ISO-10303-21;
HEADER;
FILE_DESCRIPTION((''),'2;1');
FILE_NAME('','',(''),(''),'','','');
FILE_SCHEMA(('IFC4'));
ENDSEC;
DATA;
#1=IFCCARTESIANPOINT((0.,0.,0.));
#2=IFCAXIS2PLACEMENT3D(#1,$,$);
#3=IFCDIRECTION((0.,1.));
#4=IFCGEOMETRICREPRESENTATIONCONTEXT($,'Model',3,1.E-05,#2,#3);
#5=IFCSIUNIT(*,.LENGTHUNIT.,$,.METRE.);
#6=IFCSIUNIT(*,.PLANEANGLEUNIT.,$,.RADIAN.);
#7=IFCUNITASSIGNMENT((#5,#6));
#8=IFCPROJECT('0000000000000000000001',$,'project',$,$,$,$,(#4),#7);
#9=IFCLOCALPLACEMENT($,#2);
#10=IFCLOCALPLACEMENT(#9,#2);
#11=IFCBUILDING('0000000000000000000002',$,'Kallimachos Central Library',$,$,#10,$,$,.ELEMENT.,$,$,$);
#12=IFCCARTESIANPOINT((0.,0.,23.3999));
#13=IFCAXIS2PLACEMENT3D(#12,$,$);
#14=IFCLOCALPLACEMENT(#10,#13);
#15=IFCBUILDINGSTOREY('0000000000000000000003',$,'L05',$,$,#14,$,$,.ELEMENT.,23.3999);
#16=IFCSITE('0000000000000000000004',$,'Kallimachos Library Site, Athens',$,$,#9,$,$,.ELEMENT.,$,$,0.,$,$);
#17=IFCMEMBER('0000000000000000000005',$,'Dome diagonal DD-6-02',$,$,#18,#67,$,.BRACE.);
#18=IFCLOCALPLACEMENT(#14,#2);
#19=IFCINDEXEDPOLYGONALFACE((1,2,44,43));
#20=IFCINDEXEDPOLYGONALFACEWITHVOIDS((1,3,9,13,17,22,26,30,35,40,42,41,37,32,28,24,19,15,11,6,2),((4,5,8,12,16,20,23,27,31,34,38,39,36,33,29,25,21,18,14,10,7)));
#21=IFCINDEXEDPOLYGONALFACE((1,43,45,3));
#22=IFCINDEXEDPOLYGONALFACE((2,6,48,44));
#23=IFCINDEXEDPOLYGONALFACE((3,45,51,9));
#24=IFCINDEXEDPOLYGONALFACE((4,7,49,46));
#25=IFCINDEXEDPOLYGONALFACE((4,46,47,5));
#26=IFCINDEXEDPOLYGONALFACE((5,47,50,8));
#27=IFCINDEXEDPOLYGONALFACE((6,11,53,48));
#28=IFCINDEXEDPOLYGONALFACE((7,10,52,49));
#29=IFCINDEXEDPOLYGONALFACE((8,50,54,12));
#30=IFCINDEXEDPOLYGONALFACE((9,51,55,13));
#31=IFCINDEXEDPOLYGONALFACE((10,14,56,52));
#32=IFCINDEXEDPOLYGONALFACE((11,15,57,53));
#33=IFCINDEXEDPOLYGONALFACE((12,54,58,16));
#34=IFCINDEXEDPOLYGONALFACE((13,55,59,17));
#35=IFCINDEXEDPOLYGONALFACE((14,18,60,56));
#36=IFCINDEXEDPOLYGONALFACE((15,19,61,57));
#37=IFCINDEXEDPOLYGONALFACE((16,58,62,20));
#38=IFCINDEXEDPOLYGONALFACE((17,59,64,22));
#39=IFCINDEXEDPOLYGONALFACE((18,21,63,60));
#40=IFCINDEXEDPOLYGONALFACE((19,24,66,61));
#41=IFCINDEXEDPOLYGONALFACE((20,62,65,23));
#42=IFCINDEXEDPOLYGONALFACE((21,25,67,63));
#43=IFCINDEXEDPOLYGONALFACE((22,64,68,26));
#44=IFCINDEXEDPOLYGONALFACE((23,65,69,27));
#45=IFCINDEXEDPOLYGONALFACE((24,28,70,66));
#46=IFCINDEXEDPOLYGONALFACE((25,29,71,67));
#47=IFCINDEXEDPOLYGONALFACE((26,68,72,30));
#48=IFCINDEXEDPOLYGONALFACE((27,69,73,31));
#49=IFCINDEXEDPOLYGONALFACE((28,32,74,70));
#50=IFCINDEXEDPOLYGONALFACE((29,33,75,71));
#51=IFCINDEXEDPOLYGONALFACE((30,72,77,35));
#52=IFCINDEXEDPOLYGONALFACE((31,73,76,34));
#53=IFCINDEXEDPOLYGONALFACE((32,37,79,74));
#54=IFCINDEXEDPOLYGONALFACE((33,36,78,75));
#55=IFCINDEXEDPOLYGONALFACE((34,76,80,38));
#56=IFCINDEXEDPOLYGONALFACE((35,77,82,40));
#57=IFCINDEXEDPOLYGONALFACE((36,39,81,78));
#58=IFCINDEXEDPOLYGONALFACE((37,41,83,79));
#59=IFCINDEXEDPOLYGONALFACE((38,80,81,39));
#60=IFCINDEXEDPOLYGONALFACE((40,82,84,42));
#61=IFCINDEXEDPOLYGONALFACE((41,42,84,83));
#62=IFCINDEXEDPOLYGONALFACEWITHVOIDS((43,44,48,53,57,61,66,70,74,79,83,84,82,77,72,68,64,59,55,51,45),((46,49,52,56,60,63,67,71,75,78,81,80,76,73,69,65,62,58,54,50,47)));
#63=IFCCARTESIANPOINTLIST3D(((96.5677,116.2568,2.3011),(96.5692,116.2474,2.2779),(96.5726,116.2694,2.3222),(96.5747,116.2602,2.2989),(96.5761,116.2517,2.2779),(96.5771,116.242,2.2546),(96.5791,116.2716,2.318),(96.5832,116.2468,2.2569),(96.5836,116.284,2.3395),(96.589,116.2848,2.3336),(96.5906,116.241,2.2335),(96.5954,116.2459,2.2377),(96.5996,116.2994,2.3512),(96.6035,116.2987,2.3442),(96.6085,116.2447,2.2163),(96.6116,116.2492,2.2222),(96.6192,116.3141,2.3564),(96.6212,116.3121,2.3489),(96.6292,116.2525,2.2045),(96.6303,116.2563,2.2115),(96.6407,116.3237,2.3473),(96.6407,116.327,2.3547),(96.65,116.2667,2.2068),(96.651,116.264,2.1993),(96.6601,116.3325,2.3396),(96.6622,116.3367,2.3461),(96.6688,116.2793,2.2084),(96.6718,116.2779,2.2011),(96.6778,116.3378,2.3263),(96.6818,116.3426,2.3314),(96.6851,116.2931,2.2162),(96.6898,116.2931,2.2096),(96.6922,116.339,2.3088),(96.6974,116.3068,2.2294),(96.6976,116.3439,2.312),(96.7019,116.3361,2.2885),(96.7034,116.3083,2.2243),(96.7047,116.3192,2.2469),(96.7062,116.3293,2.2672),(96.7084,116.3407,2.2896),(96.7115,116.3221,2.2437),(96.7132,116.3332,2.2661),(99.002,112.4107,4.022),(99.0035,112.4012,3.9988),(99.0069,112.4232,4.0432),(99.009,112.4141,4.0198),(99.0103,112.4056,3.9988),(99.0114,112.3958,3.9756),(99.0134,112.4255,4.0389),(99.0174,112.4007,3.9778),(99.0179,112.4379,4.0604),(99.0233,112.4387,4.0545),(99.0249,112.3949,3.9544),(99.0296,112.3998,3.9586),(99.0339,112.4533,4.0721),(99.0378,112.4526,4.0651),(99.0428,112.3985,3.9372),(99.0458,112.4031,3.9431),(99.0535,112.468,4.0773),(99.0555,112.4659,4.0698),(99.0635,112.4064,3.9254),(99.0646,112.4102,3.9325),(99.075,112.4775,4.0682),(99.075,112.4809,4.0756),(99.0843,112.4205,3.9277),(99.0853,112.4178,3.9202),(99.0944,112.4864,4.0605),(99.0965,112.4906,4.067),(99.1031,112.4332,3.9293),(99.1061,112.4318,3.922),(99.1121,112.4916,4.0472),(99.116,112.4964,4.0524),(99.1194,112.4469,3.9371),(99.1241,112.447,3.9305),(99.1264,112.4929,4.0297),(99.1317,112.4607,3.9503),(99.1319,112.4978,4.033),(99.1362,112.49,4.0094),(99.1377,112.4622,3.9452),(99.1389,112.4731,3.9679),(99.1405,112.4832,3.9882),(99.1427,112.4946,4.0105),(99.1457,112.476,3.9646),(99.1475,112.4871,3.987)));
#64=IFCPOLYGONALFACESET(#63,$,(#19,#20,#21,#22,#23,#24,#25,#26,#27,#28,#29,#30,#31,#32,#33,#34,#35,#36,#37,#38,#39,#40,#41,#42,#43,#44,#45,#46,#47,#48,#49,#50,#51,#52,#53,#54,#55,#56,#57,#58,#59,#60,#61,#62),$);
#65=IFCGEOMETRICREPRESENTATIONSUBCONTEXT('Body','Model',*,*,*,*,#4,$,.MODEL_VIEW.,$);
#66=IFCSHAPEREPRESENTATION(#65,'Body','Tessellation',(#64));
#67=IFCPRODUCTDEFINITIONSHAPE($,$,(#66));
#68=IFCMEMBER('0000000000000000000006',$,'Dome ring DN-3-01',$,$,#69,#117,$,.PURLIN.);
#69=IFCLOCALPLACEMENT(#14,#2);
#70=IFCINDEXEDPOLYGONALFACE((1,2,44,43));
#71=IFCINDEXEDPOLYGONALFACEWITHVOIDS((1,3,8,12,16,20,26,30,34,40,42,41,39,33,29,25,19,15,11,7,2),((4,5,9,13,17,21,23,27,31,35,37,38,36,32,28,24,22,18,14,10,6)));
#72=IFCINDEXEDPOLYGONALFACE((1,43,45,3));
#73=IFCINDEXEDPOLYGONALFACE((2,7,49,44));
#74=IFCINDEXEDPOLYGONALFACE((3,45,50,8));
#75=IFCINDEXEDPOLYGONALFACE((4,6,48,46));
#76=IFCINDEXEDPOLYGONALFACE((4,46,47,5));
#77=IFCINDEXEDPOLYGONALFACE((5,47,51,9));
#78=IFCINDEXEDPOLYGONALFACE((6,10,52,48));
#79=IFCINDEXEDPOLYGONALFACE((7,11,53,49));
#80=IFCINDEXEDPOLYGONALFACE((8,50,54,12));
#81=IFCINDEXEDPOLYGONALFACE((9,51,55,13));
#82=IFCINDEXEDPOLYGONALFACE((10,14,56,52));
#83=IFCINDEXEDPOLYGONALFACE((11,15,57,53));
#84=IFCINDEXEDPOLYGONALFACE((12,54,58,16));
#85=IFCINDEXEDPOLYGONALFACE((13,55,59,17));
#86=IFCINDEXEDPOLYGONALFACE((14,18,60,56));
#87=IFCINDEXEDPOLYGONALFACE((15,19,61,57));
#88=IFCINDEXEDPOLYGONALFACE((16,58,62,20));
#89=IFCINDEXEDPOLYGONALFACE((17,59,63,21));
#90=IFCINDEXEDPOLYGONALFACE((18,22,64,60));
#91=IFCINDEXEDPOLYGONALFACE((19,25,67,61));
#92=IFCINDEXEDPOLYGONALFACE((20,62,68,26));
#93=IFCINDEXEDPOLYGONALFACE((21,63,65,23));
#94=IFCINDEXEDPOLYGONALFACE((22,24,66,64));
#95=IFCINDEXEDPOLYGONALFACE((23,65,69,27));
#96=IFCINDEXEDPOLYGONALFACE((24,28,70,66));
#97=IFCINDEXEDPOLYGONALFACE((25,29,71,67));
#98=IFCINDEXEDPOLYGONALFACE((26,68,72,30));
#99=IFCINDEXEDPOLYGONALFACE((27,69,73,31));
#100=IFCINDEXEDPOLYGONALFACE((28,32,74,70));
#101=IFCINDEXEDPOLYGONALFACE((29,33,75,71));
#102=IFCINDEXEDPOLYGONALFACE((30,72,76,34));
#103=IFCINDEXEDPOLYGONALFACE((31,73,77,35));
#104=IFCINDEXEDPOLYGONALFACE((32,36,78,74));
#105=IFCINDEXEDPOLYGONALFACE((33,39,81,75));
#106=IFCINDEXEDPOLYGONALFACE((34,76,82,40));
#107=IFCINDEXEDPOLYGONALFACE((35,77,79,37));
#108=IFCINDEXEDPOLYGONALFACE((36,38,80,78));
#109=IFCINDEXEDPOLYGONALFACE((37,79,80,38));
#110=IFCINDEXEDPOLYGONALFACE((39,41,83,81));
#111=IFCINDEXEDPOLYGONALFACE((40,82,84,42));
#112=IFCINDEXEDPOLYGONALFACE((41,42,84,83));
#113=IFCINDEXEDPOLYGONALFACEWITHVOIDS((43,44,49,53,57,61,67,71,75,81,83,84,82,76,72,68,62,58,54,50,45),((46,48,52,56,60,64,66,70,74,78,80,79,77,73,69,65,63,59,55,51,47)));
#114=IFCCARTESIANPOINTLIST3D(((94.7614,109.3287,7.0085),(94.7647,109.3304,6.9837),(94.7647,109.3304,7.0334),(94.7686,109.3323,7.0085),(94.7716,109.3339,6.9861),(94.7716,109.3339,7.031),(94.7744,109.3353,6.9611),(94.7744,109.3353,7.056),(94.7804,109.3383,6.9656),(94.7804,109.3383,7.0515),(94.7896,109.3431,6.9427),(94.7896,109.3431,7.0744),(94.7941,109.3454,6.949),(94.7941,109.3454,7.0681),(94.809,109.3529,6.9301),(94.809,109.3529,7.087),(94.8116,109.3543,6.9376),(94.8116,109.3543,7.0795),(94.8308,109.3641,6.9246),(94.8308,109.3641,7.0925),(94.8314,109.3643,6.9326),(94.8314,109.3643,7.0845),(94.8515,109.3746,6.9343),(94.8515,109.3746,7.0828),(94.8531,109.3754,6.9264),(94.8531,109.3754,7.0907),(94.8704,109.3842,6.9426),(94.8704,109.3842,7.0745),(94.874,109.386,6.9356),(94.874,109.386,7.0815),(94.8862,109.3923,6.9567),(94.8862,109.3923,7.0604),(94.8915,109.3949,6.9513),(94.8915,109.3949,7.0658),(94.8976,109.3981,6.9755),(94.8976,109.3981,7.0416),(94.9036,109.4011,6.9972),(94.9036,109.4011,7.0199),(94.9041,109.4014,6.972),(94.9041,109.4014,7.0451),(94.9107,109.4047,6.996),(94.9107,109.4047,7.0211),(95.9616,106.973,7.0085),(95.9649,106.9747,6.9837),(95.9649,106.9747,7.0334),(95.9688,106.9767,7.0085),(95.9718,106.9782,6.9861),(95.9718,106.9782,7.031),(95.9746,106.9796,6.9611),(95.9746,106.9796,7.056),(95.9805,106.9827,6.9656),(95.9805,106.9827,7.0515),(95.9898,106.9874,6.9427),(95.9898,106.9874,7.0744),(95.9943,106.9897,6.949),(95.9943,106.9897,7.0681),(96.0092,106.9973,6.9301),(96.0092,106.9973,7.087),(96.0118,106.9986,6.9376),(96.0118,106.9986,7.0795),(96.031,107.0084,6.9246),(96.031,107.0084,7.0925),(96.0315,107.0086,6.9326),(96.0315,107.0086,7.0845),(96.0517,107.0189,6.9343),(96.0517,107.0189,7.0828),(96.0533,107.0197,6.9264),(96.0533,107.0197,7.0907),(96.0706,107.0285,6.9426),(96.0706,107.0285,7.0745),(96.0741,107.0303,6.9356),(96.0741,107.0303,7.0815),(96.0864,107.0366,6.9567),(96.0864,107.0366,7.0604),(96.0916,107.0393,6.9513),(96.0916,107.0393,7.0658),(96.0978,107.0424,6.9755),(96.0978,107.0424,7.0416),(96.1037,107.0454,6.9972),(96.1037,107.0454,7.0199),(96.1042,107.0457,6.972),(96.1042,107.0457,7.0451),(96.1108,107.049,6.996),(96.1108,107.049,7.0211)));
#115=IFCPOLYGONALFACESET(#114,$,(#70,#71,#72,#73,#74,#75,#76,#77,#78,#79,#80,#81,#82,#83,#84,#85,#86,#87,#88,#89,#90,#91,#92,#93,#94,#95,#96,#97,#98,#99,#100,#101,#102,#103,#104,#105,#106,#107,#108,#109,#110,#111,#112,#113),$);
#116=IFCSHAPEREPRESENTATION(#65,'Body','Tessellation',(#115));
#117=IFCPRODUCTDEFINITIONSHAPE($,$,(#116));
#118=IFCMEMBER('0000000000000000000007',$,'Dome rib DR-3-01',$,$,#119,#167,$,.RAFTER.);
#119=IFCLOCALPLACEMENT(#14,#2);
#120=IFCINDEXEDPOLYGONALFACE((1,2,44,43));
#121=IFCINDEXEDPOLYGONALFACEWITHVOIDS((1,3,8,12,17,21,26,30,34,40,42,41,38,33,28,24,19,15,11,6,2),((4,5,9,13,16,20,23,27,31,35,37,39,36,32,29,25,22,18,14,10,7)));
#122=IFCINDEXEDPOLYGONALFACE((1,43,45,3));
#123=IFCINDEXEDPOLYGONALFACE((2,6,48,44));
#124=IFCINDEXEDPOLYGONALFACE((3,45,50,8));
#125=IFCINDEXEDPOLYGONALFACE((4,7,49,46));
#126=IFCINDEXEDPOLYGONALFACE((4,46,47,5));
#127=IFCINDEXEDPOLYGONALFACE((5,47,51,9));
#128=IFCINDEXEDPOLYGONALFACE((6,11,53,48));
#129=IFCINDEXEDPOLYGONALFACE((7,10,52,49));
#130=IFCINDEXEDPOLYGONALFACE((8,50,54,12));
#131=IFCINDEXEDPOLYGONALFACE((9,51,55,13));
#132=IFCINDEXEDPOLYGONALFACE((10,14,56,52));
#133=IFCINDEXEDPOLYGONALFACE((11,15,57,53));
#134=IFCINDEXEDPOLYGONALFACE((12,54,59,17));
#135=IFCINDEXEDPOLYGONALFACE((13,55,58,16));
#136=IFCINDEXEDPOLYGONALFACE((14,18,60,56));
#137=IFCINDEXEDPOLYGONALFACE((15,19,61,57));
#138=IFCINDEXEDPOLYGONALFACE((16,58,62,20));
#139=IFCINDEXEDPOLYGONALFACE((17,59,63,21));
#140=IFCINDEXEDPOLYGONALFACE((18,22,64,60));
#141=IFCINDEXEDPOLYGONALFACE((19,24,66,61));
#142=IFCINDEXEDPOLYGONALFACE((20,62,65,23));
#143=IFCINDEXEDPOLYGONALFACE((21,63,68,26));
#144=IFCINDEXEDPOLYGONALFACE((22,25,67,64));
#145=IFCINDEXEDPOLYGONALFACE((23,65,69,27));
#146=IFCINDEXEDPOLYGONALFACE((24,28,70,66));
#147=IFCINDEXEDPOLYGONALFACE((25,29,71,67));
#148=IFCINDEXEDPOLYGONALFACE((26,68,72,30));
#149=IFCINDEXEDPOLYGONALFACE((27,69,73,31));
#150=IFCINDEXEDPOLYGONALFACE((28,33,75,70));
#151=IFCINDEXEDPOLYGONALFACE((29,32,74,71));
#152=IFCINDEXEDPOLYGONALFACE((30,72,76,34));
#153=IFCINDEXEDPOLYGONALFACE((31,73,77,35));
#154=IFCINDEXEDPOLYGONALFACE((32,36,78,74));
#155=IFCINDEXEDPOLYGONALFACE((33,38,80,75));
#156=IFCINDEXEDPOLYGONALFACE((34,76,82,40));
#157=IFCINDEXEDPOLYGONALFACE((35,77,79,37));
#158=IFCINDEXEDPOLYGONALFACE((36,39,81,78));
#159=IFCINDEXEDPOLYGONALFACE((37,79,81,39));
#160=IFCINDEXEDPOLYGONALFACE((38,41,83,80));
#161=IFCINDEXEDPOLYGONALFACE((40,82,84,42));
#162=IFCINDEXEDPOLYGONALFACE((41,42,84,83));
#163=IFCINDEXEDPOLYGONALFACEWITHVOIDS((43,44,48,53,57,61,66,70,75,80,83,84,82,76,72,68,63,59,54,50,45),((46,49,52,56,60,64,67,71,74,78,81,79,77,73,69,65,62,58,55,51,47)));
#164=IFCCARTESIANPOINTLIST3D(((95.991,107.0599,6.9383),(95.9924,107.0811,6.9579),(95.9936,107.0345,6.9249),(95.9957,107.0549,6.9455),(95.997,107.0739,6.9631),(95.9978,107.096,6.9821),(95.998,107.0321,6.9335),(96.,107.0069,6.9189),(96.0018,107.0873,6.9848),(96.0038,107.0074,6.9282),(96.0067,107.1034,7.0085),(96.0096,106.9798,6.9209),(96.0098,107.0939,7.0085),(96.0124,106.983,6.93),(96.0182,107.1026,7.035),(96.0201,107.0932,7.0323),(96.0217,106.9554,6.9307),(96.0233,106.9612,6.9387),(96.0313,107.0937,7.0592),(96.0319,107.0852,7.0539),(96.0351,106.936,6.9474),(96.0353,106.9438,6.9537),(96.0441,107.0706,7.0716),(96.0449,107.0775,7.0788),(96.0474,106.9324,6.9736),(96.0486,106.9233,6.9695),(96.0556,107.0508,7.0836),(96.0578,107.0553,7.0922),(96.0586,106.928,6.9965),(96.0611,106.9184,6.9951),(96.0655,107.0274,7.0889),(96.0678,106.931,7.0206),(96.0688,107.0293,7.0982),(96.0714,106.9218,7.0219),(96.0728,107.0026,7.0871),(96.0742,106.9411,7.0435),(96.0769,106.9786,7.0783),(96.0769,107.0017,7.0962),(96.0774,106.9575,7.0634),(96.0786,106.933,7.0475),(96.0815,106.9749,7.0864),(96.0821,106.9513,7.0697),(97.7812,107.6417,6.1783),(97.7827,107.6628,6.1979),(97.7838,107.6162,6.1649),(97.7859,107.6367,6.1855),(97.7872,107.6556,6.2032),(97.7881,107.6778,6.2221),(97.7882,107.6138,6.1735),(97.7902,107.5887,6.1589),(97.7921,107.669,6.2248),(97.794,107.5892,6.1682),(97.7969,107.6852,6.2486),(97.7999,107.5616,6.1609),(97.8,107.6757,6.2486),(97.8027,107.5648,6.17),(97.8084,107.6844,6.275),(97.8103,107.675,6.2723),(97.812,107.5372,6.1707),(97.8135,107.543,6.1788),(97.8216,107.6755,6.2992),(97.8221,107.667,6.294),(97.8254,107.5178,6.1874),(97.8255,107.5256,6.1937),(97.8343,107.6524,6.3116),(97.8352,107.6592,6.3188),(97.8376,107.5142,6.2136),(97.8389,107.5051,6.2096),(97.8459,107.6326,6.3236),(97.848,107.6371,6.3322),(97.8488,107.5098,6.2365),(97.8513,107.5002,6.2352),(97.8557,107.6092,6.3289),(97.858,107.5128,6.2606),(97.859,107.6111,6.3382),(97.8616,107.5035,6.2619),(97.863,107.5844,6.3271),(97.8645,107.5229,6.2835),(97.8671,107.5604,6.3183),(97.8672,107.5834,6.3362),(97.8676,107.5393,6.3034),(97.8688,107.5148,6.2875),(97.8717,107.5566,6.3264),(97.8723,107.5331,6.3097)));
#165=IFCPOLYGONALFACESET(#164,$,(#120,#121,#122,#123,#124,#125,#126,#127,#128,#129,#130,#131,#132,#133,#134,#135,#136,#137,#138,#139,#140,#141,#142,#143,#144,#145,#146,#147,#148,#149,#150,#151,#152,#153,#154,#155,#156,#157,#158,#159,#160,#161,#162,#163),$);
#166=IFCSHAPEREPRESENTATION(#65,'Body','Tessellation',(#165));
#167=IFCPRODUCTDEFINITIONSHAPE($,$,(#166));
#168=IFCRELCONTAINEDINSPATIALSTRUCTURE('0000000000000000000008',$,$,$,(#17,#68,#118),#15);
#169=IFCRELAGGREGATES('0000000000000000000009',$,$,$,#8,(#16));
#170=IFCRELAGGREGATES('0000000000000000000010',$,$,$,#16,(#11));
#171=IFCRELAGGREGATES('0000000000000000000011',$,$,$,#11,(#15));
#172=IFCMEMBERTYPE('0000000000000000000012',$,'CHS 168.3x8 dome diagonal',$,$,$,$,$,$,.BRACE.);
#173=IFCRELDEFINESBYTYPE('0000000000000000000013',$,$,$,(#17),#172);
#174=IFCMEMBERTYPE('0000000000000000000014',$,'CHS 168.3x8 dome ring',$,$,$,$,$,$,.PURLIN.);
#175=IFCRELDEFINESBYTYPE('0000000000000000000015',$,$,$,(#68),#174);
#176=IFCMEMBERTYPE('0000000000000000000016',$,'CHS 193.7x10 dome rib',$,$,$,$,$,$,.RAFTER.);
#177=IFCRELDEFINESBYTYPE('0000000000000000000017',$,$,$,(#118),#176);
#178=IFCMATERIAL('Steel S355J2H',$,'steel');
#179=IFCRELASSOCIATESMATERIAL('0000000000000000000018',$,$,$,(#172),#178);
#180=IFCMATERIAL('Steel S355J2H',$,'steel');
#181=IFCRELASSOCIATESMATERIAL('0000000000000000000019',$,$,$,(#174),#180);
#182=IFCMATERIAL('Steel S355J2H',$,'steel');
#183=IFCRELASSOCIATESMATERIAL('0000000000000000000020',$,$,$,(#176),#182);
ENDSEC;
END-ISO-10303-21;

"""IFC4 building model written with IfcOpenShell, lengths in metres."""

from ifc_helpers import new_model, si_unit, direction, frame, origin, origin_2d, place, context, subcontext, project, spatial, hollow_circle, extrude, material, material_profile, profile_set, type_object, element, save


model = new_model("IFC4")

# Units and contexts
model_context = context("Model", 3, precision=1e-05, world=origin(), true_north=direction((0.0, 1.0)))
body_context = subcontext(model_context, "Body", "Model", "MODEL_VIEW")
ifc_project = project(units=[si_unit("LENGTHUNIT", "METRE"), si_unit("PLANEANGLEUNIT", "RADIAN")], contexts=[model_context])

# Site, building, storey
site_placement = place(None, origin())
site = spatial("IfcSite", under=ifc_project, at=site_placement, Name="Kallimachos Library Site, Athens", CompositionType="ELEMENT", RefElevation=0.0)
building_placement = place(site_placement, origin())
building = spatial("IfcBuilding", under=site, at=building_placement, Name="Kallimachos Central Library", CompositionType="ELEMENT")
storey_placement = place(building_placement, frame((0.0, 0.0, 23.3999)))
storey = spatial("IfcBuildingStorey", under=building, at=storey_placement, Name="L05", CompositionType="ELEMENT", Elevation=23.3999)

# Members
ifc_material_1 = material(Name="Steel S355J2H", Category="steel")
ifc_material_profile_1 = material_profile(ifc_material_1, hollow_circle(Radius=0.0842, WallThickness=0.0081, at=origin_2d()), Name="CHS 168.3x8")
ifc_profile_set_1 = profile_set([ifc_material_profile_1], Name="Steel S355J2H")
member_type_1 = type_object("IfcMemberType", Name="CHS 168.3x8 dome diagonal", PredefinedType="BRACE", material=ifc_profile_set_1)
member_1_placement = place(storey_placement, frame((99.0747, 112.4463, 3.9988), z_axis=(-0.500243, 0.790374, -0.353647), x_axis=(-0.844977, -0.534802, 0.0)))
element("IfcMember", 1, at=member_1_placement, inside=storey, type_object=member_type_1, Name="Dome diagonal DD-6-02", PredefinedType="BRACE", context=body_context, shape_type="SweptSolid", body=[
    extrude(hollow_circle(Radius=0.0842, WallThickness=0.0081, at=origin_2d()), origin(), (0.0, 0.0, 1.0), 4.8662),
])
ifc_material_2 = material(Name="Steel S355J2H", Category="steel")
ifc_material_profile_2 = material_profile(ifc_material_2, hollow_circle(Radius=0.0842, WallThickness=0.0081, at=origin_2d()), Name="CHS 168.3x8")
ifc_profile_set_2 = profile_set([ifc_material_profile_2], Name="Steel S355J2H")
member_type_2 = type_object("IfcMemberType", Name="CHS 168.3x8 dome ring", PredefinedType="PURLIN", material=ifc_profile_set_2)
member_2_placement = place(storey_placement, frame((96.0366, 107.0112, 7.0085), z_axis=(-0.45396, 0.891022, 0.0), x_axis=(-0.891022, -0.45396, 0.0)))
element("IfcMember", 2, at=member_2_placement, inside=storey, type_object=member_type_2, Name="Dome ring DN-3-01", PredefinedType="PURLIN", context=body_context, shape_type="SweptSolid", body=[
    extrude(hollow_circle(Radius=0.0842, WallThickness=0.0081, at=origin_2d()), origin(), (0.0, 0.0, 1.0), 2.6438),
])
ifc_material_3 = material(Name="Steel S355J2H", Category="steel")
ifc_material_profile_3 = material_profile(ifc_material_3, hollow_circle(Radius=0.0969, WallThickness=0.01, at=origin_2d()), Name="CHS 193.7x10")
ifc_profile_set_3 = profile_set([ifc_material_profile_3], Name="Steel S355J2H")
member_type_3 = type_object("IfcMemberType", Name="CHS 193.7x10 dome rib", PredefinedType="RAFTER", material=ifc_profile_set_3)
member_3_placement = place(storey_placement, frame((96.0366, 107.0112, 7.0085), z_axis=(0.88188, 0.286584, -0.374375), x_axis=(-0.30906, 0.951043, 0.0)))
element("IfcMember", 3, at=member_3_placement, inside=storey, type_object=member_type_3, Name="Dome rib DR-3-01", PredefinedType="RAFTER", context=body_context, shape_type="SweptSolid", body=[
    extrude(hollow_circle(Radius=0.0969, WallThickness=0.01, at=origin_2d()), origin(), (0.0, 0.0, 1.0), 2.03),
])

save(model, "model.ifc")
